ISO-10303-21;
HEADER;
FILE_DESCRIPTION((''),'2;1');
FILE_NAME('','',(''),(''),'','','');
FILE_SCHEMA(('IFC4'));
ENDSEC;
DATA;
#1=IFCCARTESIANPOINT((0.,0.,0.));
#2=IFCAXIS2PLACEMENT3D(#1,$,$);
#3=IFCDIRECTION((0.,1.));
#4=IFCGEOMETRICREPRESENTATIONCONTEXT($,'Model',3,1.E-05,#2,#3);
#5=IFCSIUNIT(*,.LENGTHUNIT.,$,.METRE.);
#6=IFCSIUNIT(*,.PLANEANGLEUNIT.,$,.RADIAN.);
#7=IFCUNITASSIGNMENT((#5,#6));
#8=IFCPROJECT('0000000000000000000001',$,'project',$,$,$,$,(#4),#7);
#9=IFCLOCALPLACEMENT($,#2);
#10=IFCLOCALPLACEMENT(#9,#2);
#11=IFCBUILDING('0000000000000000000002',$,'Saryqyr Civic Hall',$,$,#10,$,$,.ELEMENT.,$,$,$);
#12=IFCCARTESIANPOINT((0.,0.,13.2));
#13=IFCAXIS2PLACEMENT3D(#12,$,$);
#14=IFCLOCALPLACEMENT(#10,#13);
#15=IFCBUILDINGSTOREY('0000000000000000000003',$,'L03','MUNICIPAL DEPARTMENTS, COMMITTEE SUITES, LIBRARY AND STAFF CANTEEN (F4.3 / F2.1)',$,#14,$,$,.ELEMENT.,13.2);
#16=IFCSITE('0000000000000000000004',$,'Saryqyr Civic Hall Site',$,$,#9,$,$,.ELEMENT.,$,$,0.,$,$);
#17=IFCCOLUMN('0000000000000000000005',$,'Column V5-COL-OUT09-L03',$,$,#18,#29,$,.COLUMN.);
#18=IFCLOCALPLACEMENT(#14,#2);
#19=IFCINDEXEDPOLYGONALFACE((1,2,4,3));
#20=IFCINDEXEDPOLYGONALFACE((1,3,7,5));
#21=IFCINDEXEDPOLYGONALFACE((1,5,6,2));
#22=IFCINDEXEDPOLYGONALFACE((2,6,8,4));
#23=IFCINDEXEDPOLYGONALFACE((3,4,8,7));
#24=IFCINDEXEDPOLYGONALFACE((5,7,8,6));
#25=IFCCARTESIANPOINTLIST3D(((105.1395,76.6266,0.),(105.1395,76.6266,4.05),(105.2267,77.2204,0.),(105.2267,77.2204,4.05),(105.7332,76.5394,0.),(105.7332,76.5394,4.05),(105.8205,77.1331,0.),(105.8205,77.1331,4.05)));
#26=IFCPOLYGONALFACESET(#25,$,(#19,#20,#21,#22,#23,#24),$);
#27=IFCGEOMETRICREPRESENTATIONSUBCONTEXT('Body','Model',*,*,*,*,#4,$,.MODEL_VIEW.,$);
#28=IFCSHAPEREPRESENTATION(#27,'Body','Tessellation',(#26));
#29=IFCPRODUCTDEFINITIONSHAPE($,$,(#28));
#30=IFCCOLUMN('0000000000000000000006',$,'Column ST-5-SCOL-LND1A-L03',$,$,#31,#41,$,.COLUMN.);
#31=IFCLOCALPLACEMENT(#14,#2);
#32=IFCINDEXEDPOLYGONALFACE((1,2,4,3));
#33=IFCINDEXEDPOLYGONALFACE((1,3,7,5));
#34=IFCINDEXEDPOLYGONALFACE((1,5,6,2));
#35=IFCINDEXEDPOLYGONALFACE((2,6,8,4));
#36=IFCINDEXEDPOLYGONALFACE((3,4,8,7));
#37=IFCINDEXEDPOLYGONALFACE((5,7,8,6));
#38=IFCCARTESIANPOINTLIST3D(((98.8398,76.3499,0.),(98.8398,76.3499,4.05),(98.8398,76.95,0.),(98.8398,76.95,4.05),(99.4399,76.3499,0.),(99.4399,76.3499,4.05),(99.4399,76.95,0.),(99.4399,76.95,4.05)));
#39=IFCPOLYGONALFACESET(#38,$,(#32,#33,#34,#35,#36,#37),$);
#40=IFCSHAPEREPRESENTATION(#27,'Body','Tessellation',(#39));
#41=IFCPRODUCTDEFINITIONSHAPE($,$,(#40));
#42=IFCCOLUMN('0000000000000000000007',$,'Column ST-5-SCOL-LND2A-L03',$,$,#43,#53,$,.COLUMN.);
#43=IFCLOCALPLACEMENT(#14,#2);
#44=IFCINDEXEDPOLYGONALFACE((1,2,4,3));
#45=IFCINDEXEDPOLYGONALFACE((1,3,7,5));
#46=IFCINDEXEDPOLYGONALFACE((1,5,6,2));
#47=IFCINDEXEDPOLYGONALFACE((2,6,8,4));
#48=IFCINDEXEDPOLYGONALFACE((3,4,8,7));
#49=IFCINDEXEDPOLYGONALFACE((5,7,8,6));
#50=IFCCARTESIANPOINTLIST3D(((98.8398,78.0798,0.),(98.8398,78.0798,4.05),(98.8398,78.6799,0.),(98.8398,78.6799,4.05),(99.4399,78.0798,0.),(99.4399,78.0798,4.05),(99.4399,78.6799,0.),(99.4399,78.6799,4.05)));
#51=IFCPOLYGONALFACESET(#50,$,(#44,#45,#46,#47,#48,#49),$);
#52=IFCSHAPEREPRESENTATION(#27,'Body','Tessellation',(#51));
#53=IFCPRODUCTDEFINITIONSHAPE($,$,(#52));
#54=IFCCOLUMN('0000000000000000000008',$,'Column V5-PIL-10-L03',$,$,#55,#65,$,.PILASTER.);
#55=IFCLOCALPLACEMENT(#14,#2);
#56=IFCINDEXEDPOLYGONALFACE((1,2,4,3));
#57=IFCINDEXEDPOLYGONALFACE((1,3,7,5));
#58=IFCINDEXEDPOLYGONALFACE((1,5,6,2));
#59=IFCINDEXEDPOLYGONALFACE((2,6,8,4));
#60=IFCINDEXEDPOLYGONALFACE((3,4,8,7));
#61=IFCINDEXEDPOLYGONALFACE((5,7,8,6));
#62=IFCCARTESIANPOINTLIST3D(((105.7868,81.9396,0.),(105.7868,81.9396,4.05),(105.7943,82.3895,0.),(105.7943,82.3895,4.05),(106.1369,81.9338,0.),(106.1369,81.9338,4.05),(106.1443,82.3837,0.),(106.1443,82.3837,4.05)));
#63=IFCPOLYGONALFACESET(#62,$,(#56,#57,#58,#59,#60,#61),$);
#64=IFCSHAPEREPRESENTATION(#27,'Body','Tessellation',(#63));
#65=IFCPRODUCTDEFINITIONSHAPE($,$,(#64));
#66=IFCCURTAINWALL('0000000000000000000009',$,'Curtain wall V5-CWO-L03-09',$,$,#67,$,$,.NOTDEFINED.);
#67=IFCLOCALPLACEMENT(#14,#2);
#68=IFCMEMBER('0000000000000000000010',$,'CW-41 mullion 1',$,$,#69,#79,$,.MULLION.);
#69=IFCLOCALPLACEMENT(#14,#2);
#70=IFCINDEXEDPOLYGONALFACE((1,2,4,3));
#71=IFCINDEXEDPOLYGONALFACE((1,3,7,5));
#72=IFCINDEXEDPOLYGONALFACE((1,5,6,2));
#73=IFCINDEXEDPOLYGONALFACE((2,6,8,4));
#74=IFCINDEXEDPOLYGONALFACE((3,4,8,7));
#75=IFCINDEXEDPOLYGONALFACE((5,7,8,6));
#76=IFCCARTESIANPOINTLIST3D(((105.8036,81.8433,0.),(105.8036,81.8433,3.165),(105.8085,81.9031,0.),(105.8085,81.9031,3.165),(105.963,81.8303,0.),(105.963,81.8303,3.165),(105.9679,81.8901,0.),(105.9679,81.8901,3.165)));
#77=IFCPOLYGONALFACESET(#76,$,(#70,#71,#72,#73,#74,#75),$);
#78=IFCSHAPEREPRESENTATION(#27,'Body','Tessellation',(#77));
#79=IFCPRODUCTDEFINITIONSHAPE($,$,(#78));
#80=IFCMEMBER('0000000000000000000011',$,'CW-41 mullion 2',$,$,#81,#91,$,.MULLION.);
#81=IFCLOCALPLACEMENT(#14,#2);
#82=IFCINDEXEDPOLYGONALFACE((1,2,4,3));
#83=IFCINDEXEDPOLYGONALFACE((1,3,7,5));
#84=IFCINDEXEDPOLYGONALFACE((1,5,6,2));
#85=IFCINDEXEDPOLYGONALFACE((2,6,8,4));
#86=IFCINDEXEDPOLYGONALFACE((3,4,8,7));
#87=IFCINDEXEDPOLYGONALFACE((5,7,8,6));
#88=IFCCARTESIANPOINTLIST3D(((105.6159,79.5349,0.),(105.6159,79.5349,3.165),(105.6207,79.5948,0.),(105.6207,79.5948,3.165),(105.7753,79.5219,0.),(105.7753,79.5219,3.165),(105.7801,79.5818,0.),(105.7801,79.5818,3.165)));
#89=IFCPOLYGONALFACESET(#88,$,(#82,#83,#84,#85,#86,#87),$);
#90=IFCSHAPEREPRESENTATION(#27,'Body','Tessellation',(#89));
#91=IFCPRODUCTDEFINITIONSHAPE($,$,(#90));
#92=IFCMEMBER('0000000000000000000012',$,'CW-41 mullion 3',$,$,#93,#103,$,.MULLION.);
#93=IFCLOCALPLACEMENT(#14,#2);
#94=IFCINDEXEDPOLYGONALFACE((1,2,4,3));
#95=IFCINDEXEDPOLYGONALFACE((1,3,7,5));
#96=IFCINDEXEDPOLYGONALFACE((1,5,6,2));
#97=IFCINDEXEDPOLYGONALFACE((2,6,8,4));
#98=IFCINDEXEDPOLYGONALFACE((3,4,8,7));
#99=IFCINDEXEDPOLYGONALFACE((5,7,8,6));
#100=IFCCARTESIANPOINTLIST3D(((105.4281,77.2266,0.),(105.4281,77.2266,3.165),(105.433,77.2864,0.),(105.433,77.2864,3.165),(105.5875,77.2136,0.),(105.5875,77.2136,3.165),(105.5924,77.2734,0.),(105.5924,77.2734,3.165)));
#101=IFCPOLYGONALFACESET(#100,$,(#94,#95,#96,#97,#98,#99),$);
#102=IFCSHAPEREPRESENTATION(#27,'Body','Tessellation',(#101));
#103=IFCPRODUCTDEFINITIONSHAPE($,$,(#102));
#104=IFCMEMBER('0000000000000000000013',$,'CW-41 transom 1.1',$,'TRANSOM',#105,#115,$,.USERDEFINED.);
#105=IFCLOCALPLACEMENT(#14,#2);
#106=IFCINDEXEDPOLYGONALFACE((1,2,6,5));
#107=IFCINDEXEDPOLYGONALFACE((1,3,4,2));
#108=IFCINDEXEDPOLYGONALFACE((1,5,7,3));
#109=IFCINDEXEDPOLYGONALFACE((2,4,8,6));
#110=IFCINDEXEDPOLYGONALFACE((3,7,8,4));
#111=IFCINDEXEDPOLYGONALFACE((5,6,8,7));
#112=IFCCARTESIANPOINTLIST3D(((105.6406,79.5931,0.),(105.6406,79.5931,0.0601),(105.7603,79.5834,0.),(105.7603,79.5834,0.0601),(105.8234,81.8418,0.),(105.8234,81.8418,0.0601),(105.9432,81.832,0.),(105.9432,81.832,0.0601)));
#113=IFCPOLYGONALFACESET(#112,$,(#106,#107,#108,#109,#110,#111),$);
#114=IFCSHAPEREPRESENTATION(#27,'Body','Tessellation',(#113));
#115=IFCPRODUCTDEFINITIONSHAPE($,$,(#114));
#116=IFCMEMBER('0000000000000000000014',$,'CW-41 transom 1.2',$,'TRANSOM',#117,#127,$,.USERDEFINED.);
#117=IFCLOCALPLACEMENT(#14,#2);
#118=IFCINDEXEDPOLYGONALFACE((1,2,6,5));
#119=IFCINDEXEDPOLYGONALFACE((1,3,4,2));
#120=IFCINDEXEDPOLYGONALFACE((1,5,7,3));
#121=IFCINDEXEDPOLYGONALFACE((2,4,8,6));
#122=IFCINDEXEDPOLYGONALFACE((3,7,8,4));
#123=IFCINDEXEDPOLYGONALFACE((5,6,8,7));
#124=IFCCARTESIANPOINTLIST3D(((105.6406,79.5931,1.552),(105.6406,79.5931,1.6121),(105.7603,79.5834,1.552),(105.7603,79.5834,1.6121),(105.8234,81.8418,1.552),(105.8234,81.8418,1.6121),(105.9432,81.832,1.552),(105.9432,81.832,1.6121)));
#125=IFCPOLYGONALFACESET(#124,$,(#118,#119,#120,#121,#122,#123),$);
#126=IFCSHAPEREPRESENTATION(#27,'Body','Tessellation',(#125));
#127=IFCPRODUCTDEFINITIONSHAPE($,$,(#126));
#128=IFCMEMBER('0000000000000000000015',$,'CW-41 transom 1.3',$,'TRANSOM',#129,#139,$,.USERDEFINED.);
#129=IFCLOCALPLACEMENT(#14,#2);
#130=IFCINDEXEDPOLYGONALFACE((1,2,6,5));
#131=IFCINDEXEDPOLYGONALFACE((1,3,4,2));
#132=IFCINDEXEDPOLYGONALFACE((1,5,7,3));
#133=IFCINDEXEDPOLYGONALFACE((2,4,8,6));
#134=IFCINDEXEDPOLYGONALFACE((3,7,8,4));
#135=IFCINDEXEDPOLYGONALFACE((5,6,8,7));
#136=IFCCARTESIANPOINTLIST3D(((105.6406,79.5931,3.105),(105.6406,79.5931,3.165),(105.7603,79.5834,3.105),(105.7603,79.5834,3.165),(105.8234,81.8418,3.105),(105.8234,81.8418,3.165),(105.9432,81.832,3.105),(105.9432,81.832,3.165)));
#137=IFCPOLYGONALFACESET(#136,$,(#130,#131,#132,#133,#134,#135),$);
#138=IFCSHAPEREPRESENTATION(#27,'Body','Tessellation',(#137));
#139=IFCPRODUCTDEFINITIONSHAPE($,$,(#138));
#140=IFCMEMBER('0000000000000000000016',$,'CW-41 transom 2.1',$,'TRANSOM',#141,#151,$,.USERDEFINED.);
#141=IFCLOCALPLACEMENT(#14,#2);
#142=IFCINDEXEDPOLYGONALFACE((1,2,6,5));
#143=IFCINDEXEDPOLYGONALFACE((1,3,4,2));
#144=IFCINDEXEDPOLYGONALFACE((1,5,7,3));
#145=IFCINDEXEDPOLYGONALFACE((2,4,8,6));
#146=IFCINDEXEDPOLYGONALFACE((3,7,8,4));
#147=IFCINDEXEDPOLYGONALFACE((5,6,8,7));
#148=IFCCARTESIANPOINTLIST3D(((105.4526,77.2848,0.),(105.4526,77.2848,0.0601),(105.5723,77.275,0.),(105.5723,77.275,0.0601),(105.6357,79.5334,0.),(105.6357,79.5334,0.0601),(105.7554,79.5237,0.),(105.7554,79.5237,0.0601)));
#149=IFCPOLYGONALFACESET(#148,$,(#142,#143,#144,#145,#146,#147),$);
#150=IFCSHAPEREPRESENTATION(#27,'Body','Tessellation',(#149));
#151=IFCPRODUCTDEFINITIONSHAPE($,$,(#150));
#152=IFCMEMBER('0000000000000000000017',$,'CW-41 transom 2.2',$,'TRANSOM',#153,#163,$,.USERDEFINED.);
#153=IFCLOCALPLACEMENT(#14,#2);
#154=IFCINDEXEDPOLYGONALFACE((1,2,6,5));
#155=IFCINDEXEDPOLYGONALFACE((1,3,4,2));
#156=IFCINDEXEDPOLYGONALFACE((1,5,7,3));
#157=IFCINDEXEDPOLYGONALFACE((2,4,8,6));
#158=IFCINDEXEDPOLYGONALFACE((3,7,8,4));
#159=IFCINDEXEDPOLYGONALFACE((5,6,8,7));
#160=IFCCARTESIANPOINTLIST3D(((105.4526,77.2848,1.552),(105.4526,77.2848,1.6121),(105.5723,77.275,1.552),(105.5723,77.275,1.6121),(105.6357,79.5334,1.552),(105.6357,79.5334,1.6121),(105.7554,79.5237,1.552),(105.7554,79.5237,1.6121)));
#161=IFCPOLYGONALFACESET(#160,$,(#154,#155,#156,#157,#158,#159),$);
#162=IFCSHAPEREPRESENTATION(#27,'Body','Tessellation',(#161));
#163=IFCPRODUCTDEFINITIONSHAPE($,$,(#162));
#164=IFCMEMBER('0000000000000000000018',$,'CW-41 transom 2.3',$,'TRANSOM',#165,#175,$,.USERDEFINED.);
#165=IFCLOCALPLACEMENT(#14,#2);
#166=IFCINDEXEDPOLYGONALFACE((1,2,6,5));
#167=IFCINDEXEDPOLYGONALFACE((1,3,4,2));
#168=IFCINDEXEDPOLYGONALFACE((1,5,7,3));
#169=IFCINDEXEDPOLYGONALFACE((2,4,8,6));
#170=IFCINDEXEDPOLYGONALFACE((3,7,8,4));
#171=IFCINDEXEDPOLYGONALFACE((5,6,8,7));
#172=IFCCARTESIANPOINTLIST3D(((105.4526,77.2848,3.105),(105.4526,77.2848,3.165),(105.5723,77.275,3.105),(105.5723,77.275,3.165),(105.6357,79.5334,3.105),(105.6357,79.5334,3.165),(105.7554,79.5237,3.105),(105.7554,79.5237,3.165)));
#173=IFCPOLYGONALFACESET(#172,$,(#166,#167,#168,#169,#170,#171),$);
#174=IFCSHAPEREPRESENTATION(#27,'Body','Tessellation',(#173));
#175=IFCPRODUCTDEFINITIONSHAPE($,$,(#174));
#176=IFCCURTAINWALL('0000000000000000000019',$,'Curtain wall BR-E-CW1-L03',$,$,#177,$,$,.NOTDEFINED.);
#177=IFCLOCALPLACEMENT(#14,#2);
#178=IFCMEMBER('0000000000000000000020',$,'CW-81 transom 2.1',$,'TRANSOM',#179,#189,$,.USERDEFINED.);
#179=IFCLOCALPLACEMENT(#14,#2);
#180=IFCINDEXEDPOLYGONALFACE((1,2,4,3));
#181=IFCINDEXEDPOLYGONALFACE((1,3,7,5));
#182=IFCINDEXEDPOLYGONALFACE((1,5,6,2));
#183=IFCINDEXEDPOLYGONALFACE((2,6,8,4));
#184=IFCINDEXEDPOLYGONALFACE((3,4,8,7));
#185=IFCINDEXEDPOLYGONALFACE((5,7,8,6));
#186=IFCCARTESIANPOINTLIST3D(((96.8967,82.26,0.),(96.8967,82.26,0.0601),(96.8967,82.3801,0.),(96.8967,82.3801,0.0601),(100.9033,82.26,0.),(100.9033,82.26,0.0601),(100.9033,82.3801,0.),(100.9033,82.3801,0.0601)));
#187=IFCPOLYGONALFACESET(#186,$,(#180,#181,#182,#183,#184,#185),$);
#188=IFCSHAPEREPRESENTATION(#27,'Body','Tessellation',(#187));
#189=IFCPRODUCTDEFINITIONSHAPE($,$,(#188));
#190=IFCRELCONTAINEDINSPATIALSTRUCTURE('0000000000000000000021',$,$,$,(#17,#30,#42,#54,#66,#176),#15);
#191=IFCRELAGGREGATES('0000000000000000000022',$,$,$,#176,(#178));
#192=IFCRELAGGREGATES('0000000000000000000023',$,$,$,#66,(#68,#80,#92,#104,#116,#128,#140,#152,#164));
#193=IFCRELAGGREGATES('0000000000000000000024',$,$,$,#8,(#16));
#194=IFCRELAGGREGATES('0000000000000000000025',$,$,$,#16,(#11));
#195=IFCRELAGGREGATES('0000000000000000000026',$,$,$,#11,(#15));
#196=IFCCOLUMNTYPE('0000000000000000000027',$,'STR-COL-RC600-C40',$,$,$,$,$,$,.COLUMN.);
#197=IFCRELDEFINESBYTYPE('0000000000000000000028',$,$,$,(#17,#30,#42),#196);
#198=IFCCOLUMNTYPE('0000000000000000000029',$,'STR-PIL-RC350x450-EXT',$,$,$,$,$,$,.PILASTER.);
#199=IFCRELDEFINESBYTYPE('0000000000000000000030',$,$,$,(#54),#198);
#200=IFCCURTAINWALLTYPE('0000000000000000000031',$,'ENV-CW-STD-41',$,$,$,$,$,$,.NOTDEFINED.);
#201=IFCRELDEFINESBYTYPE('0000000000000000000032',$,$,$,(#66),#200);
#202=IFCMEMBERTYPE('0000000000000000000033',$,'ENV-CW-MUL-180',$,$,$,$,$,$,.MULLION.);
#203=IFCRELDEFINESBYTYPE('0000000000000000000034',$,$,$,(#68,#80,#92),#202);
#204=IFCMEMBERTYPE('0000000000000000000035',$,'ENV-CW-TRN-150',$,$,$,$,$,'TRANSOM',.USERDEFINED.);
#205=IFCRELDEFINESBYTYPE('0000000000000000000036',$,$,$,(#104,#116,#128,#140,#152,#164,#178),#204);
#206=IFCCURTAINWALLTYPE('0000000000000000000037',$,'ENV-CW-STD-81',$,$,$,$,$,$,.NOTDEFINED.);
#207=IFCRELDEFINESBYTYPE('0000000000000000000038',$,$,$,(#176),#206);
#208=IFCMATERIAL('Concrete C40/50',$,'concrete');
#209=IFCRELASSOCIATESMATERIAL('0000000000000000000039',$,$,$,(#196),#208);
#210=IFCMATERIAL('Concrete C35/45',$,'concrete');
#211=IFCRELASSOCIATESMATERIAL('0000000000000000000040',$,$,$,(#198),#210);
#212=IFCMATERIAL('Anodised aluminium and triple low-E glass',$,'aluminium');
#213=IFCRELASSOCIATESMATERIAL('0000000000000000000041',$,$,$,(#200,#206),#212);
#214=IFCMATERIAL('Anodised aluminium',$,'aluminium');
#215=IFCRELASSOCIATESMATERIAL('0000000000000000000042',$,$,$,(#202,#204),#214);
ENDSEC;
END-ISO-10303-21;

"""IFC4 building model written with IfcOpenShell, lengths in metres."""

from ifc_helpers import new_model, si_unit, direction, frame, origin, origin_2d, place, context, subcontext, project, spatial, rectangle, extrude, material, material_profile, profile_set, type_object, element, aggregate, save


model = new_model("IFC4")

# Units and contexts
model_context = context("Model", 3, precision=1e-05, world=origin(), true_north=direction((0.0, 1.0)))
body_context = subcontext(model_context, "Body", "Model", "MODEL_VIEW")
ifc_project = project(units=[si_unit("LENGTHUNIT", "METRE"), si_unit("PLANEANGLEUNIT", "RADIAN")], contexts=[model_context])

# Site, building, storey
site_placement = place(None, origin())
site = spatial("IfcSite", under=ifc_project, at=site_placement, Name="Saryqyr Civic Hall Site", CompositionType="ELEMENT", RefElevation=0.0)
building_placement = place(site_placement, origin())
building = spatial("IfcBuilding", under=site, at=building_placement, Name="Saryqyr Civic Hall", CompositionType="ELEMENT")
storey_placement = place(building_placement, frame((0.0, 0.0, 13.2)))
storey = spatial("IfcBuildingStorey", under=building, at=storey_placement, Name="L03", Description="MUNICIPAL DEPARTMENTS, COMMITTEE SUITES, LIBRARY AND STAFF CANTEEN (F4.3 / F2.1)", CompositionType="ELEMENT", Elevation=13.2)

# Columns
ifc_material_1 = material(Name="Concrete C40/50", Category="concrete")
ifc_material_profile_1 = material_profile(ifc_material_1, rectangle(XDim=0.6001, YDim=0.6001, at=origin_2d()), Name="RC 600x600")
ifc_profile_set_1 = profile_set([ifc_material_profile_1], Name="Concrete C40/50")
column_type_1 = type_object("IfcColumnType", Name="STR-COL-RC600-C40", PredefinedType="COLUMN", material=ifc_profile_set_1)
for number, where, z_axis, x_axis, name in (
    (1, (105.48, 76.8799, 0.0), (0.0, 0.0, 1.0), (0.989374, -0.145392, 0.0), "Column V5-COL-OUT09-L03"),
    (2, (99.1399, 76.6499, 0.0), (0.0, 0.0, 1.0), (1.0, 0.0, 0.0), "Column ST-5-SCOL-LND1A-L03"),
    (3, (99.1399, 78.3799, 0.0), (0.0, 0.0, 1.0), (1.0, 0.0, 0.0), "Column ST-5-SCOL-LND2A-L03"),
):
    element("IfcColumn", number, at=place(storey_placement, frame(where, z_axis=z_axis, x_axis=x_axis)), inside=storey, type_object=column_type_1, Name=name, PredefinedType="COLUMN", context=body_context, shape_type="SweptSolid", body=[
        extrude(rectangle(XDim=0.6001, YDim=0.6001, at=origin_2d()), origin(), (0.0, 0.0, 1.0), 4.05),
    ])
ifc_material_2 = material(Name="Concrete C35/45", Category="concrete")
ifc_material_profile_2 = material_profile(ifc_material_2, rectangle(XDim=0.3501, YDim=0.45, at=origin_2d()), Name="RC 350x450")
ifc_profile_set_2 = profile_set([ifc_material_profile_2], Name="Concrete C35/45")
column_type_2 = type_object("IfcColumnType", Name="STR-PIL-RC350x450-EXT", PredefinedType="PILASTER", material=ifc_profile_set_2)
column_placement = place(storey_placement, frame((105.9656, 82.1616, 0.0), z_axis=(0.0, 0.0, 1.0), x_axis=(0.999863, -0.01658, 0.0)))
element("IfcColumn", 4, at=column_placement, inside=storey, type_object=column_type_2, Name="Column V5-PIL-10-L03", PredefinedType="PILASTER", context=body_context, shape_type="SweptSolid", body=[
    extrude(rectangle(XDim=0.3501, YDim=0.45, at=origin_2d()), origin(), (0.0, 0.0, 1.0), 4.05),
])

# Curtain walls, members
ifc_material_3 = material(Name="Anodised aluminium and triple low-E glass", Category="aluminium")
curtain_wall_type_1 = type_object("IfcCurtainWallType", Name="ENV-CW-STD-41", PredefinedType="NOTDEFINED", material=ifc_material_3)
curtain_wall_1_placement = place(storey_placement, origin())
curtain_wall_1 = element("IfcCurtainWall", 5, at=curtain_wall_1_placement, inside=storey, type_object=curtain_wall_type_1, Name="Curtain wall V5-CWO-L03-09", PredefinedType="NOTDEFINED")
ifc_material_4 = material(Name="Anodised aluminium", Category="aluminium")
ifc_material_profile_3 = material_profile(ifc_material_4, rectangle(XDim=0.0601, YDim=0.1599, at=origin_2d()), Name="ALU MULLION 60x160")
ifc_profile_set_3 = profile_set([ifc_material_profile_3], Name="Anodised aluminium")
member_type_1 = type_object("IfcMemberType", Name="ENV-CW-MUL-180", PredefinedType="MULLION", material=ifc_profile_set_3)
member_1_placement = place(storey_placement, frame((105.8857, 81.8667, 0.0), z_axis=(0.0, 0.0, 1.0), x_axis=(-0.081093, -0.996707, 0.0)))
member_1 = element("IfcMember", 6, at=member_1_placement, type_object=member_type_1, Name="CW-41 mullion 1", PredefinedType="MULLION", context=body_context, shape_type="SweptSolid", body=[
    extrude(rectangle(XDim=0.0601, YDim=0.1599, at=origin_2d()), origin(), (0.0, 0.0, 1.0), 3.165),
])
member_2_placement = place(storey_placement, frame((105.698, 79.5583, 0.0), z_axis=(0.0, 0.0, 1.0), x_axis=(-0.081093, -0.996707, 0.0)))
member_2 = element("IfcMember", 7, at=member_2_placement, type_object=member_type_1, Name="CW-41 mullion 2", PredefinedType="MULLION", context=body_context, shape_type="SweptSolid", body=[
    extrude(rectangle(XDim=0.0601, YDim=0.1599, at=origin_2d()), origin(), (0.0, 0.0, 1.0), 3.165),
])
member_3_placement = place(storey_placement, frame((105.5103, 77.25, 0.0), z_axis=(0.0, 0.0, 1.0), x_axis=(-0.081093, -0.996707, 0.0)))
member_3 = element("IfcMember", 8, at=member_3_placement, type_object=member_type_1, Name="CW-41 mullion 3", PredefinedType="MULLION", context=body_context, shape_type="SweptSolid", body=[
    extrude(rectangle(XDim=0.0601, YDim=0.1599, at=origin_2d()), origin(), (0.0, 0.0, 1.0), 3.165),
])
ifc_material_profile_4 = material_profile(ifc_material_4, rectangle(XDim=0.1201, YDim=0.0601, at=origin_2d()), Name="ALU TRANSOM 120x60")
ifc_profile_set_4 = profile_set([ifc_material_profile_4], Name="Anodised aluminium")
member_type_2 = type_object("IfcMemberType", Name="ENV-CW-TRN-150", ElementType="TRANSOM", PredefinedType="USERDEFINED", material=ifc_profile_set_4)
member_4_placement = place(storey_placement, frame((105.8833, 81.8369, 0.03), z_axis=(-0.081048, -0.99671, 0.0), x_axis=(0.99671, -0.081048, 0.0)))
member_4 = element("IfcMember", 9, at=member_4_placement, type_object=member_type_2, Name="CW-41 transom 1.1", ObjectType="TRANSOM", PredefinedType="USERDEFINED", context=body_context, shape_type="SweptSolid", body=[
    extrude(rectangle(XDim=0.1201, YDim=0.0601, at=origin_2d()), origin(), (0.0, 0.0, 1.0), 2.2561),
])
member_5_placement = place(storey_placement, frame((105.8833, 81.8369, 1.582), z_axis=(-0.081048, -0.99671, 0.0), x_axis=(0.99671, -0.081048, 0.0)))
member_5 = element("IfcMember", 10, at=member_5_placement, type_object=member_type_2, Name="CW-41 transom 1.2", ObjectType="TRANSOM", PredefinedType="USERDEFINED", context=body_context, shape_type="SweptSolid", body=[
    extrude(rectangle(XDim=0.1201, YDim=0.0601, at=origin_2d()), origin(), (0.0, 0.0, 1.0), 2.2561),
])
member_6_placement = place(storey_placement, frame((105.8833, 81.8369, 3.135), z_axis=(-0.081048, -0.99671, 0.0), x_axis=(0.99671, -0.081048, 0.0)))
member_6 = element("IfcMember", 11, at=member_6_placement, type_object=member_type_2, Name="CW-41 transom 1.3", ObjectType="TRANSOM", PredefinedType="USERDEFINED", context=body_context, shape_type="SweptSolid", body=[
    extrude(rectangle(XDim=0.1201, YDim=0.0601, at=origin_2d()), origin(), (0.0, 0.0, 1.0), 2.2561),
])
member_7_placement = place(storey_placement, frame((105.6956, 79.5286, 0.03), z_axis=(-0.081156, -0.996701, 0.0), x_axis=(0.996701, -0.081156, 0.0)))
member_7 = element("IfcMember", 12, at=member_7_placement, type_object=member_type_2, Name="CW-41 transom 2.1", ObjectType="TRANSOM", PredefinedType="USERDEFINED", context=body_context, shape_type="SweptSolid", body=[
    extrude(rectangle(XDim=0.1201, YDim=0.0601, at=origin_2d()), origin(), (0.0, 0.0, 1.0), 2.2561),
])
member_8_placement = place(storey_placement, frame((105.6956, 79.5286, 1.582), z_axis=(-0.081156, -0.996701, 0.0), x_axis=(0.996701, -0.081156, 0.0)))
member_8 = element("IfcMember", 13, at=member_8_placement, type_object=member_type_2, Name="CW-41 transom 2.2", ObjectType="TRANSOM", PredefinedType="USERDEFINED", context=body_context, shape_type="SweptSolid", body=[
    extrude(rectangle(XDim=0.1201, YDim=0.0601, at=origin_2d()), origin(), (0.0, 0.0, 1.0), 2.2561),
])
member_9_placement = place(storey_placement, frame((105.6956, 79.5286, 3.135), z_axis=(-0.081156, -0.996701, 0.0), x_axis=(0.996701, -0.081156, 0.0)))
member_9 = element("IfcMember", 14, at=member_9_placement, type_object=member_type_2, Name="CW-41 transom 2.3", ObjectType="TRANSOM", PredefinedType="USERDEFINED", context=body_context, shape_type="SweptSolid", body=[
    extrude(rectangle(XDim=0.1201, YDim=0.0601, at=origin_2d()), origin(), (0.0, 0.0, 1.0), 2.2561),
])
curtain_wall_type_2 = type_object("IfcCurtainWallType", Name="ENV-CW-STD-81", PredefinedType="NOTDEFINED", material=ifc_material_3)
curtain_wall_2_placement = place(storey_placement, origin())
curtain_wall_2 = element("IfcCurtainWall", 15, at=curtain_wall_2_placement, inside=storey, type_object=curtain_wall_type_2, Name="Curtain wall BR-E-CW1-L03", PredefinedType="NOTDEFINED")
member_10_placement = place(storey_placement, frame((100.9033, 82.3201, 0.03), z_axis=(-1.0, 0.0, 0.0), x_axis=(0.0, -1.0, 0.0)))
member_10 = element("IfcMember", 16, at=member_10_placement, type_object=member_type_2, Name="CW-81 transom 2.1", ObjectType="TRANSOM", PredefinedType="USERDEFINED", context=body_context, shape_type="SweptSolid", body=[
    extrude(rectangle(XDim=0.1201, YDim=0.0601, at=origin_2d()), origin(), (0.0, 0.0, 1.0), 4.0066),
])
aggregate(curtain_wall_2, [member_10])

aggregate(curtain_wall_1, [member_1, member_2, member_3, member_4, member_5, member_6, member_7, member_8, member_9])

save(model, "model.ifc")
